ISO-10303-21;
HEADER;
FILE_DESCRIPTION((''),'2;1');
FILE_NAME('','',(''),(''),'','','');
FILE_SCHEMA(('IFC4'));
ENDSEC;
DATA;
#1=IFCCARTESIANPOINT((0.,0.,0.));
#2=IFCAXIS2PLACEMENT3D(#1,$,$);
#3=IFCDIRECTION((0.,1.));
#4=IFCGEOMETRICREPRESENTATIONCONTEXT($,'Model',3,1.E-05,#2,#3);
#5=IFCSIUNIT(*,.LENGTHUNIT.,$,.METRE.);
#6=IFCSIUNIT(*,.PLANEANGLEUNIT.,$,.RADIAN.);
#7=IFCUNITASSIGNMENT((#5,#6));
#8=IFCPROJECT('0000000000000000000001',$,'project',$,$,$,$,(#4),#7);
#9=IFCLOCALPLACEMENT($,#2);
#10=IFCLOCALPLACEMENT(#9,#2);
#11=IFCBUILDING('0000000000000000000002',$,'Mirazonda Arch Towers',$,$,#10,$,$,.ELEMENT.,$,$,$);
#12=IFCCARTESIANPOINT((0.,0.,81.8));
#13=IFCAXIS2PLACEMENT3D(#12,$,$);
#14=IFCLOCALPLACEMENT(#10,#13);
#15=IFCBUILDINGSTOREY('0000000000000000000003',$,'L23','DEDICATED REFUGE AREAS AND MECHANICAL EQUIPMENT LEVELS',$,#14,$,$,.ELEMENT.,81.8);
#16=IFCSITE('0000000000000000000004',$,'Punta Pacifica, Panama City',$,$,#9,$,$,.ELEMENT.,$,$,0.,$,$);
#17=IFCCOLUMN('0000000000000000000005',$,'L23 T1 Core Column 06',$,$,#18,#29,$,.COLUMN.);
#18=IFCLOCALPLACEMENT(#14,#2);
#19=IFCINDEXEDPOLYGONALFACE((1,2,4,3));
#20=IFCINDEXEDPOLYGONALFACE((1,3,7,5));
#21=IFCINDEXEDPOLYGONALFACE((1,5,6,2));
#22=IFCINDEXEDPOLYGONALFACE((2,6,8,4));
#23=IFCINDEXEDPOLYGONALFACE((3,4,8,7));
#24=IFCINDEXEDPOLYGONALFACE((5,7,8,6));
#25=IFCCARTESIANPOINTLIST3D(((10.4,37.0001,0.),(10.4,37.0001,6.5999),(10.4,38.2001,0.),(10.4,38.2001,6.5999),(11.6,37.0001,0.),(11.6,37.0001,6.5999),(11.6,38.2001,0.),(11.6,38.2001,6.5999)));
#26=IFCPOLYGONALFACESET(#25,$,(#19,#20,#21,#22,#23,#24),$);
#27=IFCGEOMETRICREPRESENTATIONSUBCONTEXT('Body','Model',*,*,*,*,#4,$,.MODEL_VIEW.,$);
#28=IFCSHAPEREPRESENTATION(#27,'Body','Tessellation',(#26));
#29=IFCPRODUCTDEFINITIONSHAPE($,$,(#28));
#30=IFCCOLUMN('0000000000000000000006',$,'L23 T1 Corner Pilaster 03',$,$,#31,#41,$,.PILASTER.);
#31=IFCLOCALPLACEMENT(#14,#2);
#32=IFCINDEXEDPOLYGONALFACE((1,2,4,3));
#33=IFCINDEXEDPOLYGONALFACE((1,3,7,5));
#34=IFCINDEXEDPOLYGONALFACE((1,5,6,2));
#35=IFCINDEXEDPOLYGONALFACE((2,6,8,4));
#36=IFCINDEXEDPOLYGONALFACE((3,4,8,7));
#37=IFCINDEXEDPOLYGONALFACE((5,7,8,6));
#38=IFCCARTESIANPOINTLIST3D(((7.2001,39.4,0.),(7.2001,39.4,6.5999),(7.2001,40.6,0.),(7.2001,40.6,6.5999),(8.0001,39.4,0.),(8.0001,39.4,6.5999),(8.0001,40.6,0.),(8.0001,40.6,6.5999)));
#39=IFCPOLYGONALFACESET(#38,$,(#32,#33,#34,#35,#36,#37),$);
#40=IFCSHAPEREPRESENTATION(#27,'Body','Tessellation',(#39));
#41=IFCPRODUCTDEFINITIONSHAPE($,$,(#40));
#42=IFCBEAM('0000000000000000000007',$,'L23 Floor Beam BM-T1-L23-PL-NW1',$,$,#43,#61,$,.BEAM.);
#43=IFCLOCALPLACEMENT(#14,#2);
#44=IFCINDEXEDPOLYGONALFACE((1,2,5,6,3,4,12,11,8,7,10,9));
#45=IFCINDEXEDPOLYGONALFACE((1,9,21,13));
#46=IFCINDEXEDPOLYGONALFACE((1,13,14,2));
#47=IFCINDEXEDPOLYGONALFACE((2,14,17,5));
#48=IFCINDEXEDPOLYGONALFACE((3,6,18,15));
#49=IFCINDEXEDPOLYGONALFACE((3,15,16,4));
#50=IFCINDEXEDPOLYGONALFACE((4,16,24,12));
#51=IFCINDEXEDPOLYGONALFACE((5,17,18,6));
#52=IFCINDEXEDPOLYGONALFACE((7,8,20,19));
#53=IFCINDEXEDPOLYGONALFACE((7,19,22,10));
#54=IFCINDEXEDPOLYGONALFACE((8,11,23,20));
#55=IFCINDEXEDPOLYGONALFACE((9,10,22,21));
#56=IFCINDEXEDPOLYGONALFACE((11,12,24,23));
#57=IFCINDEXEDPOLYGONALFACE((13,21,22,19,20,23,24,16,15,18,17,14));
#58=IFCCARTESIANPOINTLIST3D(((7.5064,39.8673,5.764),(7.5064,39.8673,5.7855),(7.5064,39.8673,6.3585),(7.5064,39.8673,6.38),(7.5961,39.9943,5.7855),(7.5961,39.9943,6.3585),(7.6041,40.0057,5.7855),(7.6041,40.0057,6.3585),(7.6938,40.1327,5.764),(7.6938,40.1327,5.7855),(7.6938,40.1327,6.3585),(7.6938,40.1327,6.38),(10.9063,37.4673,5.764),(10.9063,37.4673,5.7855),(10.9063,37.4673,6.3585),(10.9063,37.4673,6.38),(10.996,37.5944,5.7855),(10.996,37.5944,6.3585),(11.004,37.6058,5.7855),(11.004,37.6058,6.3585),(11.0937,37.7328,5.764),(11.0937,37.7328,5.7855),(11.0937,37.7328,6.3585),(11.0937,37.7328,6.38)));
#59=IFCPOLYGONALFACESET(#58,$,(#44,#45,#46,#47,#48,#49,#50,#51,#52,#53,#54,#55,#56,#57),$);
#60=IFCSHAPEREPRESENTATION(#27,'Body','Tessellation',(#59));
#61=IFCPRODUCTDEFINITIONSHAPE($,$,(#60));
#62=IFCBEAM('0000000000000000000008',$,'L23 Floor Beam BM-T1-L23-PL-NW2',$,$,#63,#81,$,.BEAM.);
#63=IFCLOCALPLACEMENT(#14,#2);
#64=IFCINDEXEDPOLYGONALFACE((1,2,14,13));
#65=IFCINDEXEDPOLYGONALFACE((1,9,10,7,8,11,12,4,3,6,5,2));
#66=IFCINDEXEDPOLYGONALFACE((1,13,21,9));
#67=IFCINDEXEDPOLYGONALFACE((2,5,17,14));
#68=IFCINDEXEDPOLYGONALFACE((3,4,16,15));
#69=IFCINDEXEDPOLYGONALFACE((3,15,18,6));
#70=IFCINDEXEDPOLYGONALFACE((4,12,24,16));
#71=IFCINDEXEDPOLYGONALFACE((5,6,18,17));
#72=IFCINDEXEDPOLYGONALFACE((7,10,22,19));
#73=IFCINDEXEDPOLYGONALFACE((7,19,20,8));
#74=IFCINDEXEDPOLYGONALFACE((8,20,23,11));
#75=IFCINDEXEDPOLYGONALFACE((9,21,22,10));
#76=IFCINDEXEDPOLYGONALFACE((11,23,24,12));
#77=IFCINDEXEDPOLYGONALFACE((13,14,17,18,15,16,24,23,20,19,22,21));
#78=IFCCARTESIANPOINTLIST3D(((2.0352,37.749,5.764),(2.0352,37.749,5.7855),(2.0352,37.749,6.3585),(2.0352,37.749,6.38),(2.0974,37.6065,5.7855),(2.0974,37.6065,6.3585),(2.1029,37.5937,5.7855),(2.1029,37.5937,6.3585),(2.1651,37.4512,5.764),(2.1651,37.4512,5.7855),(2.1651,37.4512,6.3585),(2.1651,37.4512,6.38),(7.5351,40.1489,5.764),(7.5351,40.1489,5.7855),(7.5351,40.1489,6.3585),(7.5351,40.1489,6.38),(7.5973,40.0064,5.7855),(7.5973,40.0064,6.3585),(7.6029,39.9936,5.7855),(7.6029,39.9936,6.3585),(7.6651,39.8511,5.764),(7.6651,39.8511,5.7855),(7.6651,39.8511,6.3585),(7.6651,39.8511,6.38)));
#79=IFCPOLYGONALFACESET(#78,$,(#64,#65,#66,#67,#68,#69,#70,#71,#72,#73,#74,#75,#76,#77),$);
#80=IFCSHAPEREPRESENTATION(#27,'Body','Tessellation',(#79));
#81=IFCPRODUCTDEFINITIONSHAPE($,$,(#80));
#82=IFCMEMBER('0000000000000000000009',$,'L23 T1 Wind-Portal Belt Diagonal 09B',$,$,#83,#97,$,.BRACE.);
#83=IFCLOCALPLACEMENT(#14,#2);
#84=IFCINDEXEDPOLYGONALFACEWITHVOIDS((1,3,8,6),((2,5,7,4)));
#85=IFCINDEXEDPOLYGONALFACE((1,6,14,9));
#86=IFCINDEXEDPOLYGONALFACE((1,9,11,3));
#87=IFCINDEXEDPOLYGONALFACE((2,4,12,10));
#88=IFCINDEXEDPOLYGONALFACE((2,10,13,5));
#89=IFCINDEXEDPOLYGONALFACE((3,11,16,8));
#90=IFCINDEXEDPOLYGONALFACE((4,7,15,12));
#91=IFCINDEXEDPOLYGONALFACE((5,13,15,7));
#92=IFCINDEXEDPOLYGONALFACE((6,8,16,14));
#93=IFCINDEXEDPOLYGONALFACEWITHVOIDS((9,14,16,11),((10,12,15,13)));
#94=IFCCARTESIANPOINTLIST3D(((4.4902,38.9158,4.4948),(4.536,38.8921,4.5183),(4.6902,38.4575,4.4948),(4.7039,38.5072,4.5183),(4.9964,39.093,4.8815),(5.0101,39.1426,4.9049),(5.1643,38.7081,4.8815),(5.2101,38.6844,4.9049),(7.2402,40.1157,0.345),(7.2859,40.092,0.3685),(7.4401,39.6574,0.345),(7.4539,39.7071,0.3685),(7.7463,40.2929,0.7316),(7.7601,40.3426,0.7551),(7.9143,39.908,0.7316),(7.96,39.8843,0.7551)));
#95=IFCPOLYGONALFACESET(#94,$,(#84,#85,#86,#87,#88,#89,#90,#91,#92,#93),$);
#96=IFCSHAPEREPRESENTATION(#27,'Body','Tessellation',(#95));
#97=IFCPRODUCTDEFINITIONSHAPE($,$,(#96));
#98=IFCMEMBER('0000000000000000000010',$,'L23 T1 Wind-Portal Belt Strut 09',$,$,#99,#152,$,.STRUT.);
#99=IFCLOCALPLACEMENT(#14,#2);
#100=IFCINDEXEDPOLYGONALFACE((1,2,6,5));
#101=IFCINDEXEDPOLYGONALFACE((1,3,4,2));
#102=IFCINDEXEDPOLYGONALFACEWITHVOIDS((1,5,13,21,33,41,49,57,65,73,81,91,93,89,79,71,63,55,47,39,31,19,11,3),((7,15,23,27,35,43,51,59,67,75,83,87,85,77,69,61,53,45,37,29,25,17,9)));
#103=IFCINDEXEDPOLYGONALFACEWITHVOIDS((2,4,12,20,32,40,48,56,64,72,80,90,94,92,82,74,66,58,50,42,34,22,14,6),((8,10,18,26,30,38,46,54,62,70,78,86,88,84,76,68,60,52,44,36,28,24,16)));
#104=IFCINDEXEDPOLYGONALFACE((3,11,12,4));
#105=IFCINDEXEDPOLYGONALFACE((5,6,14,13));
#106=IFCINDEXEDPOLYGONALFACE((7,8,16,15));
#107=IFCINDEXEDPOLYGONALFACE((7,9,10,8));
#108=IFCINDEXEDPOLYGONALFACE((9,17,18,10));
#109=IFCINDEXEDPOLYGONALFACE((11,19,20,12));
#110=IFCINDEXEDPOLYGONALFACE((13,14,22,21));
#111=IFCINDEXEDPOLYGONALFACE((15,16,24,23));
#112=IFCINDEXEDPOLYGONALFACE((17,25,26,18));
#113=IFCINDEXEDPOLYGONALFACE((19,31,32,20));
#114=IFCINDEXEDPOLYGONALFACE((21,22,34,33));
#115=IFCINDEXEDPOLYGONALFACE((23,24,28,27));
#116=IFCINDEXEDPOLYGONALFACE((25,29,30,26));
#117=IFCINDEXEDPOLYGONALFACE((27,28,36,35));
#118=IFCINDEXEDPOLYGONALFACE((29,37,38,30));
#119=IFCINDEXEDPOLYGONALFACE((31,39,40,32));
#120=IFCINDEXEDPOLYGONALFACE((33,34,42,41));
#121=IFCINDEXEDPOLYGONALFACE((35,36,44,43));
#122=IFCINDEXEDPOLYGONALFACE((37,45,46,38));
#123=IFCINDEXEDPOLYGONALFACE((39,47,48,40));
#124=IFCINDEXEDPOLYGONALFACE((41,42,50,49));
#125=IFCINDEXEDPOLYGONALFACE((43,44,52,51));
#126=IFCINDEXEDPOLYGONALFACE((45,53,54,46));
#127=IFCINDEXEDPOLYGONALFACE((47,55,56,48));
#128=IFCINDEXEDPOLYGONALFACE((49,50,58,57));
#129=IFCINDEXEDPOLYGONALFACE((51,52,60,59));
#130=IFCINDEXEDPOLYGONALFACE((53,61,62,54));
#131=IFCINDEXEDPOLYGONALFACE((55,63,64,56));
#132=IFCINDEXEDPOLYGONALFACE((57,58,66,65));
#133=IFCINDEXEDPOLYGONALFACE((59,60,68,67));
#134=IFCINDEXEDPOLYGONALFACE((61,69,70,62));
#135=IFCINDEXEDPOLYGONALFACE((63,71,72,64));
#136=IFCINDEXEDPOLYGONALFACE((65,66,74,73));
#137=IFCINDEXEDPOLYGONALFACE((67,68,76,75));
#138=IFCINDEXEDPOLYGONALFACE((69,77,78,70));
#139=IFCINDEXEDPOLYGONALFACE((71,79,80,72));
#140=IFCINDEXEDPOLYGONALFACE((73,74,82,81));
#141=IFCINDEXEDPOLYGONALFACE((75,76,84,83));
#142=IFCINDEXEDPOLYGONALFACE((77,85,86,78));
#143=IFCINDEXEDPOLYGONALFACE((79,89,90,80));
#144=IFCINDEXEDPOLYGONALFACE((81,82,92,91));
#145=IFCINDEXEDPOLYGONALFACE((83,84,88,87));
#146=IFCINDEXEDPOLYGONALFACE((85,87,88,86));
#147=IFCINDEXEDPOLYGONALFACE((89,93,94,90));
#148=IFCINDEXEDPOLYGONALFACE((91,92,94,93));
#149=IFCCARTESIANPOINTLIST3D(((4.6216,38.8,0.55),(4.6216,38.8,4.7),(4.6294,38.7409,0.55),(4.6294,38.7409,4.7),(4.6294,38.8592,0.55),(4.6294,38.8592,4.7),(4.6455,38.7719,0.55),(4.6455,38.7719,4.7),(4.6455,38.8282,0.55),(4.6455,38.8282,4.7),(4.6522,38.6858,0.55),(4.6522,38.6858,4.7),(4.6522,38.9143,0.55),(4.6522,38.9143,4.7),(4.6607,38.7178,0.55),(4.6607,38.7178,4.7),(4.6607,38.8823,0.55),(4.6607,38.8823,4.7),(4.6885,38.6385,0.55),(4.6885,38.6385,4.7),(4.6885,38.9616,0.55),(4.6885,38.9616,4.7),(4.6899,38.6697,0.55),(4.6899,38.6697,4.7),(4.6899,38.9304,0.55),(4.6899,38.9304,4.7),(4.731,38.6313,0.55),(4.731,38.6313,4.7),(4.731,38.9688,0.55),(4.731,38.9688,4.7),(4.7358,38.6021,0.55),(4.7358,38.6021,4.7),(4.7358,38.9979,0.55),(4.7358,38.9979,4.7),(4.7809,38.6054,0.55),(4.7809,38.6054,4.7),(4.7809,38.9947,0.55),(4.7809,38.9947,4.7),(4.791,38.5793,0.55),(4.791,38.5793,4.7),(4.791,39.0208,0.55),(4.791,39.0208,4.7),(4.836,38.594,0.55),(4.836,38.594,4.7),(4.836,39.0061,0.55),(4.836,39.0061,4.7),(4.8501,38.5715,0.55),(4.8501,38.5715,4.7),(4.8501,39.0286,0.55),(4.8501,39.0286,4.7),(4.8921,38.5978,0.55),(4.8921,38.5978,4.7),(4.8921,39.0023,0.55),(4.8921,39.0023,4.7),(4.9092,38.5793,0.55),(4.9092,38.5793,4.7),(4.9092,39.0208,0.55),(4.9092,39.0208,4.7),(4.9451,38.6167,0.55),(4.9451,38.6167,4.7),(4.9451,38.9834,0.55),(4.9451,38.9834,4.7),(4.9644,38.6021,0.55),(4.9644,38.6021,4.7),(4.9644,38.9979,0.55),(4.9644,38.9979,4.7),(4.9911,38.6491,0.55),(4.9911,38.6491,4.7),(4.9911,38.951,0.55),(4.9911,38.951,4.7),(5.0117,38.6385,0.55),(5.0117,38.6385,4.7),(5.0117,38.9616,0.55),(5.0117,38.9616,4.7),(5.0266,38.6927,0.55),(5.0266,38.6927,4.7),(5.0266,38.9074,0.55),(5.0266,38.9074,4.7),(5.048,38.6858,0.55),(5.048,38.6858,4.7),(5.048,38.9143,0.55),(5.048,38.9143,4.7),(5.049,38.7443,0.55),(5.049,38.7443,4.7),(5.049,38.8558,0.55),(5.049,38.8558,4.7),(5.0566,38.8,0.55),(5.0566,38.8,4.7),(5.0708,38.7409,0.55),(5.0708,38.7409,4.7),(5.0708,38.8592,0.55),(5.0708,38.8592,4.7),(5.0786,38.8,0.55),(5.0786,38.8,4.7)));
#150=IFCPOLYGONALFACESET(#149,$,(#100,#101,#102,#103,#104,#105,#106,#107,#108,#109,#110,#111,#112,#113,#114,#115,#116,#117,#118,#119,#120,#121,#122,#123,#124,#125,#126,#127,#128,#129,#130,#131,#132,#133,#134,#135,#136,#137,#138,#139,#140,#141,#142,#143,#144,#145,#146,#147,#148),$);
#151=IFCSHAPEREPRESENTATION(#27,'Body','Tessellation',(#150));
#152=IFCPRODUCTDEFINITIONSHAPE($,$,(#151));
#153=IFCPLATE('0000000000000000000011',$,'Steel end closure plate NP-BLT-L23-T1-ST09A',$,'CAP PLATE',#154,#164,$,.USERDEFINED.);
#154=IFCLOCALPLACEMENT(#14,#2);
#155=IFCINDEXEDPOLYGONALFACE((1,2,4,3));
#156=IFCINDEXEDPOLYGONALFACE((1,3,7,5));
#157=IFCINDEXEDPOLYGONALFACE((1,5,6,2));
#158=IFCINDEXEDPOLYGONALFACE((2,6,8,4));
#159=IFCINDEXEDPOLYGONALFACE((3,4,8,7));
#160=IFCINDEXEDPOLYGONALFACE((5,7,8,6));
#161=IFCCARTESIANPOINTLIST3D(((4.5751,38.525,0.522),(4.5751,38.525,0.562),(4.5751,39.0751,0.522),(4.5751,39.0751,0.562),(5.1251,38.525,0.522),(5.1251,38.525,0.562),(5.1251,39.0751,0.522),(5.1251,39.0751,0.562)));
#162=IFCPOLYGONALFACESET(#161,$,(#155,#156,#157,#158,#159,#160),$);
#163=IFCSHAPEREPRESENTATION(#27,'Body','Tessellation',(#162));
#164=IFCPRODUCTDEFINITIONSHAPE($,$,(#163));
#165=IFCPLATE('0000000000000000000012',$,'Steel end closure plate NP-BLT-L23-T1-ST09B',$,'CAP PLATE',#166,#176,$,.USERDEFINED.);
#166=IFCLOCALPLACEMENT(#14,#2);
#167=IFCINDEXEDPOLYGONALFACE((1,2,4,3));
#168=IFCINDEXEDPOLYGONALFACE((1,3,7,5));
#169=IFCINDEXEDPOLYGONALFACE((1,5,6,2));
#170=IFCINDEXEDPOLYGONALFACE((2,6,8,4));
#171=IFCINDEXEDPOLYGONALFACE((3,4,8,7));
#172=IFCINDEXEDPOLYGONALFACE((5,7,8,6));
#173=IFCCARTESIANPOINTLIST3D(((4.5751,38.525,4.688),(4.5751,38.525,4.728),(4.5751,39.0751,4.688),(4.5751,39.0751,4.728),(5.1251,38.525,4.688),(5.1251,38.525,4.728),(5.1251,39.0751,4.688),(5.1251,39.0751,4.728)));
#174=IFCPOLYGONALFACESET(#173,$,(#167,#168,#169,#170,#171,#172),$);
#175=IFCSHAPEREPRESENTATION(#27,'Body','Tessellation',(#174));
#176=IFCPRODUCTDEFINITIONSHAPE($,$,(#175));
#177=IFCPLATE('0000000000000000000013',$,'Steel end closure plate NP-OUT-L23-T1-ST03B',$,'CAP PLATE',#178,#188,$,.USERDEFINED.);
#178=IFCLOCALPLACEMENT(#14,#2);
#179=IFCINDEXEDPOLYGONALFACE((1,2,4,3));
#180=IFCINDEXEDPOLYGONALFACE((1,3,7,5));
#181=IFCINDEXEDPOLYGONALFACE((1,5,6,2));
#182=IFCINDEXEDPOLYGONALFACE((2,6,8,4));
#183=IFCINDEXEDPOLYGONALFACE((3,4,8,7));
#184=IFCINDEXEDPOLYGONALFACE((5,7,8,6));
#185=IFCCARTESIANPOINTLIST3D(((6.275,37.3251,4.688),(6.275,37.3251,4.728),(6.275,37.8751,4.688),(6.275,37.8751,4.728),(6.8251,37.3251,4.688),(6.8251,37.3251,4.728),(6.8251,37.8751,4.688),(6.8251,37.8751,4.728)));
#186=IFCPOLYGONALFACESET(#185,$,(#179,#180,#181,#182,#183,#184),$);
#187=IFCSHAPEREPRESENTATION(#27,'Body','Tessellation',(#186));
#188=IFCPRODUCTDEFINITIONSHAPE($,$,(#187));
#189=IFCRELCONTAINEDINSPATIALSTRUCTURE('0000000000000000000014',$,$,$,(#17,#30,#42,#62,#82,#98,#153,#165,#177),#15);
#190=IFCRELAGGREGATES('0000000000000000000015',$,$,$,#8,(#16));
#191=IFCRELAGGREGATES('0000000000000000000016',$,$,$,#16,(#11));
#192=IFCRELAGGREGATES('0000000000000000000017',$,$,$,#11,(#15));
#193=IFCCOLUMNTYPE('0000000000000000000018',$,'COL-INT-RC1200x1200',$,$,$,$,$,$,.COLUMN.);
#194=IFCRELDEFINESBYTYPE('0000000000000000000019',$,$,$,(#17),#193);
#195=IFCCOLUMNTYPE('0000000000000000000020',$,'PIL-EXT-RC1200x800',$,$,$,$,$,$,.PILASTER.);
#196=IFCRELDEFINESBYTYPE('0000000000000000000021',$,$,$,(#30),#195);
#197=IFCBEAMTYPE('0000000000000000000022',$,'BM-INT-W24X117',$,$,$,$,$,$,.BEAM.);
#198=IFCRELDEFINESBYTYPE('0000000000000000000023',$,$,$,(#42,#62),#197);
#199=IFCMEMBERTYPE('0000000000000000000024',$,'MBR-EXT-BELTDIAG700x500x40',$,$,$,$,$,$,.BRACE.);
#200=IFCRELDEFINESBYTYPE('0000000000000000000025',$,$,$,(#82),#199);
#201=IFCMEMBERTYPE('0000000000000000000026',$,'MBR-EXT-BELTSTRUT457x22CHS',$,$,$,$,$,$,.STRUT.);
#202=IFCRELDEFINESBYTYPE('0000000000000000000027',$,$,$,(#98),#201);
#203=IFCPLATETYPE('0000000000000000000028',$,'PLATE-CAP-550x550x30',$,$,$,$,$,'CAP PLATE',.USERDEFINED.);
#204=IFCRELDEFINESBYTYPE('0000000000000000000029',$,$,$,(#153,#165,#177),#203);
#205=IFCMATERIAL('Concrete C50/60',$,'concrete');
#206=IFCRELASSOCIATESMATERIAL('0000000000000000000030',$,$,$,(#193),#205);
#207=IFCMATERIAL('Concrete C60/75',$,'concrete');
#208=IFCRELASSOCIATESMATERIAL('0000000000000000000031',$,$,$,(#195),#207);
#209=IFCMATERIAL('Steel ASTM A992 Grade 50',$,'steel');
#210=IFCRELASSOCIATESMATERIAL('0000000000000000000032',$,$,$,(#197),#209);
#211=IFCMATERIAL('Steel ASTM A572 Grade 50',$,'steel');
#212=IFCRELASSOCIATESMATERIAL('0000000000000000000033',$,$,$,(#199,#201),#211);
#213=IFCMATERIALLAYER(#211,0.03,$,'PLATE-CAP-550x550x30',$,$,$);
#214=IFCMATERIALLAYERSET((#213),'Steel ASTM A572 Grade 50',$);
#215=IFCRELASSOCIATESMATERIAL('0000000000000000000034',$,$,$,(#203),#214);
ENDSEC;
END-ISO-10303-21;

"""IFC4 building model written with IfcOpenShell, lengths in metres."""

from ifc_helpers import new_model, si_unit, direction, frame, origin, origin_2d, place, context, subcontext, project, spatial, rectangle, hollow_rectangle, hollow_circle, i_section, extrude, material, layer, layer_set, material_profile, profile_set, type_object, element, save


model = new_model("IFC4")

# Units and contexts
model_context = context("Model", 3, precision=1e-05, world=origin(), true_north=direction((0.0, 1.0)))
body_context = subcontext(model_context, "Body", "Model", "MODEL_VIEW")
ifc_project = project(units=[si_unit("LENGTHUNIT", "METRE"), si_unit("PLANEANGLEUNIT", "RADIAN")], contexts=[model_context])

# Site, building, storey
site_placement = place(None, origin())
site = spatial("IfcSite", under=ifc_project, at=site_placement, Name="Punta Pacifica, Panama City", CompositionType="ELEMENT", RefElevation=0.0)
building_placement = place(site_placement, origin())
building = spatial("IfcBuilding", under=site, at=building_placement, Name="Mirazonda Arch Towers", CompositionType="ELEMENT")
storey_placement = place(building_placement, frame((0.0, 0.0, 81.8)))
storey = spatial("IfcBuildingStorey", under=building, at=storey_placement, Name="L23", Description="DEDICATED REFUGE AREAS AND MECHANICAL EQUIPMENT LEVELS", CompositionType="ELEMENT", Elevation=81.8)

# Columns
ifc_material_1 = material(Name="Concrete C50/60", Category="concrete")
ifc_material_profile_1 = material_profile(ifc_material_1, rectangle(XDim=1.2, YDim=1.2, at=origin_2d()), Name="RC1200x1200")
ifc_profile_set_1 = profile_set([ifc_material_profile_1], Name="Concrete C50/60")
column_type_1 = type_object("IfcColumnType", Name="COL-INT-RC1200x1200", PredefinedType="COLUMN", material=ifc_profile_set_1)
column_1_placement = place(storey_placement, frame((11.0, 37.6001, 0.0), z_axis=(0.0, 0.0, 1.0), x_axis=(1.0, 0.0, 0.0)))
element("IfcColumn", 1, at=column_1_placement, inside=storey, type_object=column_type_1, Name="L23 T1 Core Column 06", PredefinedType="COLUMN", context=body_context, shape_type="SweptSolid", body=[
    extrude(rectangle(XDim=1.2, YDim=1.2, at=origin_2d()), origin(), (0.0, 0.0, 1.0), 6.5999),
])
ifc_material_2 = material(Name="Concrete C60/75", Category="concrete")
ifc_material_profile_2 = material_profile(ifc_material_2, rectangle(XDim=0.8, YDim=1.2, at=origin_2d()), Name="RC1200x800")
ifc_profile_set_2 = profile_set([ifc_material_profile_2], Name="Concrete C60/75")
column_type_2 = type_object("IfcColumnType", Name="PIL-EXT-RC1200x800", PredefinedType="PILASTER", material=ifc_profile_set_2)
column_2_placement = place(storey_placement, frame((7.6001, 40.0, 0.0), z_axis=(0.0, 0.0, 1.0), x_axis=(1.0, 0.0, 0.0)))
element("IfcColumn", 2, at=column_2_placement, inside=storey, type_object=column_type_2, Name="L23 T1 Corner Pilaster 03", PredefinedType="PILASTER", context=body_context, shape_type="SweptSolid", body=[
    extrude(rectangle(XDim=0.8, YDim=1.2, at=origin_2d()), origin(), (0.0, 0.0, 1.0), 6.5999),
])

# Beams
ifc_material_3 = material(Name="Steel ASTM A992 Grade 50", Category="steel")
ifc_material_profile_3 = material_profile(ifc_material_3, i_section(OverallWidth=0.325, OverallDepth=0.616, WebThickness=0.0139, FlangeThickness=0.0215, at=origin_2d()), Name="W24X117")
ifc_profile_set_3 = profile_set([ifc_material_profile_3], Name="Steel ASTM A992 Grade 50")
beam_type = type_object("IfcBeamType", Name="BM-INT-W24X117", PredefinedType="BEAM", material=ifc_profile_set_3)
beam_1_placement = place(storey_placement, frame((7.6001, 40.0, 6.072), z_axis=(0.816971, -0.576679, 0.0), x_axis=(0.576679, 0.816971, 0.0)))
element("IfcBeam", 3, at=beam_1_placement, inside=storey, type_object=beam_type, Name="L23 Floor Beam BM-T1-L23-PL-NW1", PredefinedType="BEAM", context=body_context, shape_type="SweptSolid", body=[
    extrude(i_section(OverallWidth=0.325, OverallDepth=0.616, WebThickness=0.0139, FlangeThickness=0.0215, at=origin_2d()), origin(), (0.0, 0.0, 1.0), 4.1616),
])
beam_2_placement = place(storey_placement, frame((7.6001, 40.0, 6.072), z_axis=(-0.916545, -0.399931, 0.0), x_axis=(0.399931, -0.916545, 0.0)))
element("IfcBeam", 4, at=beam_2_placement, inside=storey, type_object=beam_type, Name="L23 Floor Beam BM-T1-L23-PL-NW2", PredefinedType="BEAM", context=body_context, shape_type="SweptSolid", body=[
    extrude(i_section(OverallWidth=0.325, OverallDepth=0.616, WebThickness=0.0139, FlangeThickness=0.0215, at=origin_2d()), origin(), (0.0, 0.0, 1.0), 6.0007),
])

# Members
ifc_material_4 = material(Name="Steel ASTM A572 Grade 50", Category="steel")
ifc_material_profile_4 = material_profile(ifc_material_4, hollow_rectangle(XDim=0.5, YDim=0.7, WallThickness=0.04, at=origin_2d()), Name="BELTDIAG700x500x40")
ifc_profile_set_4 = profile_set([ifc_material_profile_4], Name="Steel ASTM A572 Grade 50")
member_type_1 = type_object("IfcMemberType", Name="MBR-EXT-BELTDIAG700x500x40", PredefinedType="BRACE", material=ifc_profile_set_4)
member_1_placement = place(storey_placement, frame((7.6001, 40.0, 0.55), z_axis=(-0.53701, -0.234322, 0.810378), x_axis=(0.399931, -0.916545, 0.0)))
element("IfcMember", 5, at=member_1_placement, inside=storey, type_object=member_type_1, Name="L23 T1 Wind-Portal Belt Diagonal 09B", PredefinedType="BRACE", context=body_context, shape_type="SweptSolid", body=[
    extrude(hollow_rectangle(XDim=0.5, YDim=0.7, WallThickness=0.04, at=origin_2d()), origin(), (0.0, 0.0, 1.0), 5.1208),
])
ifc_material_profile_5 = material_profile(ifc_material_4, hollow_circle(Radius=0.2285, WallThickness=0.022, at=origin_2d()), Name="BELTSTRUT457x22CHS")
ifc_profile_set_5 = profile_set([ifc_material_profile_5], Name="Steel ASTM A572 Grade 50")
member_type_2 = type_object("IfcMemberType", Name="MBR-EXT-BELTSTRUT457x22CHS", PredefinedType="STRUT", material=ifc_profile_set_5)
member_2_placement = place(storey_placement, frame((4.8501, 38.8, 0.55), z_axis=(0.0, 0.0, 1.0), x_axis=(1.0, 0.0, 0.0)))
element("IfcMember", 6, at=member_2_placement, inside=storey, type_object=member_type_2, Name="L23 T1 Wind-Portal Belt Strut 09", PredefinedType="STRUT", context=body_context, shape_type="SweptSolid", body=[
    extrude(hollow_circle(Radius=0.2285, WallThickness=0.022, at=origin_2d()), origin(), (0.0, 0.0, 1.0), 4.1499),
])

# Plates
ifc_layer_1 = layer(ifc_material_4, 0.03, Name="PLATE-CAP-550x550x30")
ifc_layer_set_1 = layer_set([ifc_layer_1], Name="Steel ASTM A572 Grade 50")
plate_type_1 = type_object("IfcPlateType", Name="PLATE-CAP-550x550x30", ElementType="CAP PLATE", PredefinedType="USERDEFINED", material=ifc_layer_set_1)
for number, where, z_axis, x_axis, name in (
    (7, (4.8501, 38.8, 0.522), (0.0, 0.0, 1.0), (1.0, 0.0, 0.0), "Steel end closure plate NP-BLT-L23-T1-ST09A"),
    (8, (4.8501, 38.8, 4.688), (0.0, 0.0, 1.0), (1.0, 0.0, 0.0), "Steel end closure plate NP-BLT-L23-T1-ST09B"),
    (9, (6.55, 37.6001, 4.688), (0.0, 0.0, 1.0), (1.0, 0.0, 0.0), "Steel end closure plate NP-OUT-L23-T1-ST03B"),
):
    element("IfcPlate", number, at=place(storey_placement, frame(where, z_axis=z_axis, x_axis=x_axis)), inside=storey, type_object=plate_type_1, Name=name, ObjectType="CAP PLATE", PredefinedType="USERDEFINED", context=body_context, shape_type="SweptSolid", body=[
        extrude(rectangle(XDim=0.55, YDim=0.55, at=origin_2d()), origin(), (0.0, 0.0, 1.0), 0.04),
    ])

save(model, "model.ifc")
